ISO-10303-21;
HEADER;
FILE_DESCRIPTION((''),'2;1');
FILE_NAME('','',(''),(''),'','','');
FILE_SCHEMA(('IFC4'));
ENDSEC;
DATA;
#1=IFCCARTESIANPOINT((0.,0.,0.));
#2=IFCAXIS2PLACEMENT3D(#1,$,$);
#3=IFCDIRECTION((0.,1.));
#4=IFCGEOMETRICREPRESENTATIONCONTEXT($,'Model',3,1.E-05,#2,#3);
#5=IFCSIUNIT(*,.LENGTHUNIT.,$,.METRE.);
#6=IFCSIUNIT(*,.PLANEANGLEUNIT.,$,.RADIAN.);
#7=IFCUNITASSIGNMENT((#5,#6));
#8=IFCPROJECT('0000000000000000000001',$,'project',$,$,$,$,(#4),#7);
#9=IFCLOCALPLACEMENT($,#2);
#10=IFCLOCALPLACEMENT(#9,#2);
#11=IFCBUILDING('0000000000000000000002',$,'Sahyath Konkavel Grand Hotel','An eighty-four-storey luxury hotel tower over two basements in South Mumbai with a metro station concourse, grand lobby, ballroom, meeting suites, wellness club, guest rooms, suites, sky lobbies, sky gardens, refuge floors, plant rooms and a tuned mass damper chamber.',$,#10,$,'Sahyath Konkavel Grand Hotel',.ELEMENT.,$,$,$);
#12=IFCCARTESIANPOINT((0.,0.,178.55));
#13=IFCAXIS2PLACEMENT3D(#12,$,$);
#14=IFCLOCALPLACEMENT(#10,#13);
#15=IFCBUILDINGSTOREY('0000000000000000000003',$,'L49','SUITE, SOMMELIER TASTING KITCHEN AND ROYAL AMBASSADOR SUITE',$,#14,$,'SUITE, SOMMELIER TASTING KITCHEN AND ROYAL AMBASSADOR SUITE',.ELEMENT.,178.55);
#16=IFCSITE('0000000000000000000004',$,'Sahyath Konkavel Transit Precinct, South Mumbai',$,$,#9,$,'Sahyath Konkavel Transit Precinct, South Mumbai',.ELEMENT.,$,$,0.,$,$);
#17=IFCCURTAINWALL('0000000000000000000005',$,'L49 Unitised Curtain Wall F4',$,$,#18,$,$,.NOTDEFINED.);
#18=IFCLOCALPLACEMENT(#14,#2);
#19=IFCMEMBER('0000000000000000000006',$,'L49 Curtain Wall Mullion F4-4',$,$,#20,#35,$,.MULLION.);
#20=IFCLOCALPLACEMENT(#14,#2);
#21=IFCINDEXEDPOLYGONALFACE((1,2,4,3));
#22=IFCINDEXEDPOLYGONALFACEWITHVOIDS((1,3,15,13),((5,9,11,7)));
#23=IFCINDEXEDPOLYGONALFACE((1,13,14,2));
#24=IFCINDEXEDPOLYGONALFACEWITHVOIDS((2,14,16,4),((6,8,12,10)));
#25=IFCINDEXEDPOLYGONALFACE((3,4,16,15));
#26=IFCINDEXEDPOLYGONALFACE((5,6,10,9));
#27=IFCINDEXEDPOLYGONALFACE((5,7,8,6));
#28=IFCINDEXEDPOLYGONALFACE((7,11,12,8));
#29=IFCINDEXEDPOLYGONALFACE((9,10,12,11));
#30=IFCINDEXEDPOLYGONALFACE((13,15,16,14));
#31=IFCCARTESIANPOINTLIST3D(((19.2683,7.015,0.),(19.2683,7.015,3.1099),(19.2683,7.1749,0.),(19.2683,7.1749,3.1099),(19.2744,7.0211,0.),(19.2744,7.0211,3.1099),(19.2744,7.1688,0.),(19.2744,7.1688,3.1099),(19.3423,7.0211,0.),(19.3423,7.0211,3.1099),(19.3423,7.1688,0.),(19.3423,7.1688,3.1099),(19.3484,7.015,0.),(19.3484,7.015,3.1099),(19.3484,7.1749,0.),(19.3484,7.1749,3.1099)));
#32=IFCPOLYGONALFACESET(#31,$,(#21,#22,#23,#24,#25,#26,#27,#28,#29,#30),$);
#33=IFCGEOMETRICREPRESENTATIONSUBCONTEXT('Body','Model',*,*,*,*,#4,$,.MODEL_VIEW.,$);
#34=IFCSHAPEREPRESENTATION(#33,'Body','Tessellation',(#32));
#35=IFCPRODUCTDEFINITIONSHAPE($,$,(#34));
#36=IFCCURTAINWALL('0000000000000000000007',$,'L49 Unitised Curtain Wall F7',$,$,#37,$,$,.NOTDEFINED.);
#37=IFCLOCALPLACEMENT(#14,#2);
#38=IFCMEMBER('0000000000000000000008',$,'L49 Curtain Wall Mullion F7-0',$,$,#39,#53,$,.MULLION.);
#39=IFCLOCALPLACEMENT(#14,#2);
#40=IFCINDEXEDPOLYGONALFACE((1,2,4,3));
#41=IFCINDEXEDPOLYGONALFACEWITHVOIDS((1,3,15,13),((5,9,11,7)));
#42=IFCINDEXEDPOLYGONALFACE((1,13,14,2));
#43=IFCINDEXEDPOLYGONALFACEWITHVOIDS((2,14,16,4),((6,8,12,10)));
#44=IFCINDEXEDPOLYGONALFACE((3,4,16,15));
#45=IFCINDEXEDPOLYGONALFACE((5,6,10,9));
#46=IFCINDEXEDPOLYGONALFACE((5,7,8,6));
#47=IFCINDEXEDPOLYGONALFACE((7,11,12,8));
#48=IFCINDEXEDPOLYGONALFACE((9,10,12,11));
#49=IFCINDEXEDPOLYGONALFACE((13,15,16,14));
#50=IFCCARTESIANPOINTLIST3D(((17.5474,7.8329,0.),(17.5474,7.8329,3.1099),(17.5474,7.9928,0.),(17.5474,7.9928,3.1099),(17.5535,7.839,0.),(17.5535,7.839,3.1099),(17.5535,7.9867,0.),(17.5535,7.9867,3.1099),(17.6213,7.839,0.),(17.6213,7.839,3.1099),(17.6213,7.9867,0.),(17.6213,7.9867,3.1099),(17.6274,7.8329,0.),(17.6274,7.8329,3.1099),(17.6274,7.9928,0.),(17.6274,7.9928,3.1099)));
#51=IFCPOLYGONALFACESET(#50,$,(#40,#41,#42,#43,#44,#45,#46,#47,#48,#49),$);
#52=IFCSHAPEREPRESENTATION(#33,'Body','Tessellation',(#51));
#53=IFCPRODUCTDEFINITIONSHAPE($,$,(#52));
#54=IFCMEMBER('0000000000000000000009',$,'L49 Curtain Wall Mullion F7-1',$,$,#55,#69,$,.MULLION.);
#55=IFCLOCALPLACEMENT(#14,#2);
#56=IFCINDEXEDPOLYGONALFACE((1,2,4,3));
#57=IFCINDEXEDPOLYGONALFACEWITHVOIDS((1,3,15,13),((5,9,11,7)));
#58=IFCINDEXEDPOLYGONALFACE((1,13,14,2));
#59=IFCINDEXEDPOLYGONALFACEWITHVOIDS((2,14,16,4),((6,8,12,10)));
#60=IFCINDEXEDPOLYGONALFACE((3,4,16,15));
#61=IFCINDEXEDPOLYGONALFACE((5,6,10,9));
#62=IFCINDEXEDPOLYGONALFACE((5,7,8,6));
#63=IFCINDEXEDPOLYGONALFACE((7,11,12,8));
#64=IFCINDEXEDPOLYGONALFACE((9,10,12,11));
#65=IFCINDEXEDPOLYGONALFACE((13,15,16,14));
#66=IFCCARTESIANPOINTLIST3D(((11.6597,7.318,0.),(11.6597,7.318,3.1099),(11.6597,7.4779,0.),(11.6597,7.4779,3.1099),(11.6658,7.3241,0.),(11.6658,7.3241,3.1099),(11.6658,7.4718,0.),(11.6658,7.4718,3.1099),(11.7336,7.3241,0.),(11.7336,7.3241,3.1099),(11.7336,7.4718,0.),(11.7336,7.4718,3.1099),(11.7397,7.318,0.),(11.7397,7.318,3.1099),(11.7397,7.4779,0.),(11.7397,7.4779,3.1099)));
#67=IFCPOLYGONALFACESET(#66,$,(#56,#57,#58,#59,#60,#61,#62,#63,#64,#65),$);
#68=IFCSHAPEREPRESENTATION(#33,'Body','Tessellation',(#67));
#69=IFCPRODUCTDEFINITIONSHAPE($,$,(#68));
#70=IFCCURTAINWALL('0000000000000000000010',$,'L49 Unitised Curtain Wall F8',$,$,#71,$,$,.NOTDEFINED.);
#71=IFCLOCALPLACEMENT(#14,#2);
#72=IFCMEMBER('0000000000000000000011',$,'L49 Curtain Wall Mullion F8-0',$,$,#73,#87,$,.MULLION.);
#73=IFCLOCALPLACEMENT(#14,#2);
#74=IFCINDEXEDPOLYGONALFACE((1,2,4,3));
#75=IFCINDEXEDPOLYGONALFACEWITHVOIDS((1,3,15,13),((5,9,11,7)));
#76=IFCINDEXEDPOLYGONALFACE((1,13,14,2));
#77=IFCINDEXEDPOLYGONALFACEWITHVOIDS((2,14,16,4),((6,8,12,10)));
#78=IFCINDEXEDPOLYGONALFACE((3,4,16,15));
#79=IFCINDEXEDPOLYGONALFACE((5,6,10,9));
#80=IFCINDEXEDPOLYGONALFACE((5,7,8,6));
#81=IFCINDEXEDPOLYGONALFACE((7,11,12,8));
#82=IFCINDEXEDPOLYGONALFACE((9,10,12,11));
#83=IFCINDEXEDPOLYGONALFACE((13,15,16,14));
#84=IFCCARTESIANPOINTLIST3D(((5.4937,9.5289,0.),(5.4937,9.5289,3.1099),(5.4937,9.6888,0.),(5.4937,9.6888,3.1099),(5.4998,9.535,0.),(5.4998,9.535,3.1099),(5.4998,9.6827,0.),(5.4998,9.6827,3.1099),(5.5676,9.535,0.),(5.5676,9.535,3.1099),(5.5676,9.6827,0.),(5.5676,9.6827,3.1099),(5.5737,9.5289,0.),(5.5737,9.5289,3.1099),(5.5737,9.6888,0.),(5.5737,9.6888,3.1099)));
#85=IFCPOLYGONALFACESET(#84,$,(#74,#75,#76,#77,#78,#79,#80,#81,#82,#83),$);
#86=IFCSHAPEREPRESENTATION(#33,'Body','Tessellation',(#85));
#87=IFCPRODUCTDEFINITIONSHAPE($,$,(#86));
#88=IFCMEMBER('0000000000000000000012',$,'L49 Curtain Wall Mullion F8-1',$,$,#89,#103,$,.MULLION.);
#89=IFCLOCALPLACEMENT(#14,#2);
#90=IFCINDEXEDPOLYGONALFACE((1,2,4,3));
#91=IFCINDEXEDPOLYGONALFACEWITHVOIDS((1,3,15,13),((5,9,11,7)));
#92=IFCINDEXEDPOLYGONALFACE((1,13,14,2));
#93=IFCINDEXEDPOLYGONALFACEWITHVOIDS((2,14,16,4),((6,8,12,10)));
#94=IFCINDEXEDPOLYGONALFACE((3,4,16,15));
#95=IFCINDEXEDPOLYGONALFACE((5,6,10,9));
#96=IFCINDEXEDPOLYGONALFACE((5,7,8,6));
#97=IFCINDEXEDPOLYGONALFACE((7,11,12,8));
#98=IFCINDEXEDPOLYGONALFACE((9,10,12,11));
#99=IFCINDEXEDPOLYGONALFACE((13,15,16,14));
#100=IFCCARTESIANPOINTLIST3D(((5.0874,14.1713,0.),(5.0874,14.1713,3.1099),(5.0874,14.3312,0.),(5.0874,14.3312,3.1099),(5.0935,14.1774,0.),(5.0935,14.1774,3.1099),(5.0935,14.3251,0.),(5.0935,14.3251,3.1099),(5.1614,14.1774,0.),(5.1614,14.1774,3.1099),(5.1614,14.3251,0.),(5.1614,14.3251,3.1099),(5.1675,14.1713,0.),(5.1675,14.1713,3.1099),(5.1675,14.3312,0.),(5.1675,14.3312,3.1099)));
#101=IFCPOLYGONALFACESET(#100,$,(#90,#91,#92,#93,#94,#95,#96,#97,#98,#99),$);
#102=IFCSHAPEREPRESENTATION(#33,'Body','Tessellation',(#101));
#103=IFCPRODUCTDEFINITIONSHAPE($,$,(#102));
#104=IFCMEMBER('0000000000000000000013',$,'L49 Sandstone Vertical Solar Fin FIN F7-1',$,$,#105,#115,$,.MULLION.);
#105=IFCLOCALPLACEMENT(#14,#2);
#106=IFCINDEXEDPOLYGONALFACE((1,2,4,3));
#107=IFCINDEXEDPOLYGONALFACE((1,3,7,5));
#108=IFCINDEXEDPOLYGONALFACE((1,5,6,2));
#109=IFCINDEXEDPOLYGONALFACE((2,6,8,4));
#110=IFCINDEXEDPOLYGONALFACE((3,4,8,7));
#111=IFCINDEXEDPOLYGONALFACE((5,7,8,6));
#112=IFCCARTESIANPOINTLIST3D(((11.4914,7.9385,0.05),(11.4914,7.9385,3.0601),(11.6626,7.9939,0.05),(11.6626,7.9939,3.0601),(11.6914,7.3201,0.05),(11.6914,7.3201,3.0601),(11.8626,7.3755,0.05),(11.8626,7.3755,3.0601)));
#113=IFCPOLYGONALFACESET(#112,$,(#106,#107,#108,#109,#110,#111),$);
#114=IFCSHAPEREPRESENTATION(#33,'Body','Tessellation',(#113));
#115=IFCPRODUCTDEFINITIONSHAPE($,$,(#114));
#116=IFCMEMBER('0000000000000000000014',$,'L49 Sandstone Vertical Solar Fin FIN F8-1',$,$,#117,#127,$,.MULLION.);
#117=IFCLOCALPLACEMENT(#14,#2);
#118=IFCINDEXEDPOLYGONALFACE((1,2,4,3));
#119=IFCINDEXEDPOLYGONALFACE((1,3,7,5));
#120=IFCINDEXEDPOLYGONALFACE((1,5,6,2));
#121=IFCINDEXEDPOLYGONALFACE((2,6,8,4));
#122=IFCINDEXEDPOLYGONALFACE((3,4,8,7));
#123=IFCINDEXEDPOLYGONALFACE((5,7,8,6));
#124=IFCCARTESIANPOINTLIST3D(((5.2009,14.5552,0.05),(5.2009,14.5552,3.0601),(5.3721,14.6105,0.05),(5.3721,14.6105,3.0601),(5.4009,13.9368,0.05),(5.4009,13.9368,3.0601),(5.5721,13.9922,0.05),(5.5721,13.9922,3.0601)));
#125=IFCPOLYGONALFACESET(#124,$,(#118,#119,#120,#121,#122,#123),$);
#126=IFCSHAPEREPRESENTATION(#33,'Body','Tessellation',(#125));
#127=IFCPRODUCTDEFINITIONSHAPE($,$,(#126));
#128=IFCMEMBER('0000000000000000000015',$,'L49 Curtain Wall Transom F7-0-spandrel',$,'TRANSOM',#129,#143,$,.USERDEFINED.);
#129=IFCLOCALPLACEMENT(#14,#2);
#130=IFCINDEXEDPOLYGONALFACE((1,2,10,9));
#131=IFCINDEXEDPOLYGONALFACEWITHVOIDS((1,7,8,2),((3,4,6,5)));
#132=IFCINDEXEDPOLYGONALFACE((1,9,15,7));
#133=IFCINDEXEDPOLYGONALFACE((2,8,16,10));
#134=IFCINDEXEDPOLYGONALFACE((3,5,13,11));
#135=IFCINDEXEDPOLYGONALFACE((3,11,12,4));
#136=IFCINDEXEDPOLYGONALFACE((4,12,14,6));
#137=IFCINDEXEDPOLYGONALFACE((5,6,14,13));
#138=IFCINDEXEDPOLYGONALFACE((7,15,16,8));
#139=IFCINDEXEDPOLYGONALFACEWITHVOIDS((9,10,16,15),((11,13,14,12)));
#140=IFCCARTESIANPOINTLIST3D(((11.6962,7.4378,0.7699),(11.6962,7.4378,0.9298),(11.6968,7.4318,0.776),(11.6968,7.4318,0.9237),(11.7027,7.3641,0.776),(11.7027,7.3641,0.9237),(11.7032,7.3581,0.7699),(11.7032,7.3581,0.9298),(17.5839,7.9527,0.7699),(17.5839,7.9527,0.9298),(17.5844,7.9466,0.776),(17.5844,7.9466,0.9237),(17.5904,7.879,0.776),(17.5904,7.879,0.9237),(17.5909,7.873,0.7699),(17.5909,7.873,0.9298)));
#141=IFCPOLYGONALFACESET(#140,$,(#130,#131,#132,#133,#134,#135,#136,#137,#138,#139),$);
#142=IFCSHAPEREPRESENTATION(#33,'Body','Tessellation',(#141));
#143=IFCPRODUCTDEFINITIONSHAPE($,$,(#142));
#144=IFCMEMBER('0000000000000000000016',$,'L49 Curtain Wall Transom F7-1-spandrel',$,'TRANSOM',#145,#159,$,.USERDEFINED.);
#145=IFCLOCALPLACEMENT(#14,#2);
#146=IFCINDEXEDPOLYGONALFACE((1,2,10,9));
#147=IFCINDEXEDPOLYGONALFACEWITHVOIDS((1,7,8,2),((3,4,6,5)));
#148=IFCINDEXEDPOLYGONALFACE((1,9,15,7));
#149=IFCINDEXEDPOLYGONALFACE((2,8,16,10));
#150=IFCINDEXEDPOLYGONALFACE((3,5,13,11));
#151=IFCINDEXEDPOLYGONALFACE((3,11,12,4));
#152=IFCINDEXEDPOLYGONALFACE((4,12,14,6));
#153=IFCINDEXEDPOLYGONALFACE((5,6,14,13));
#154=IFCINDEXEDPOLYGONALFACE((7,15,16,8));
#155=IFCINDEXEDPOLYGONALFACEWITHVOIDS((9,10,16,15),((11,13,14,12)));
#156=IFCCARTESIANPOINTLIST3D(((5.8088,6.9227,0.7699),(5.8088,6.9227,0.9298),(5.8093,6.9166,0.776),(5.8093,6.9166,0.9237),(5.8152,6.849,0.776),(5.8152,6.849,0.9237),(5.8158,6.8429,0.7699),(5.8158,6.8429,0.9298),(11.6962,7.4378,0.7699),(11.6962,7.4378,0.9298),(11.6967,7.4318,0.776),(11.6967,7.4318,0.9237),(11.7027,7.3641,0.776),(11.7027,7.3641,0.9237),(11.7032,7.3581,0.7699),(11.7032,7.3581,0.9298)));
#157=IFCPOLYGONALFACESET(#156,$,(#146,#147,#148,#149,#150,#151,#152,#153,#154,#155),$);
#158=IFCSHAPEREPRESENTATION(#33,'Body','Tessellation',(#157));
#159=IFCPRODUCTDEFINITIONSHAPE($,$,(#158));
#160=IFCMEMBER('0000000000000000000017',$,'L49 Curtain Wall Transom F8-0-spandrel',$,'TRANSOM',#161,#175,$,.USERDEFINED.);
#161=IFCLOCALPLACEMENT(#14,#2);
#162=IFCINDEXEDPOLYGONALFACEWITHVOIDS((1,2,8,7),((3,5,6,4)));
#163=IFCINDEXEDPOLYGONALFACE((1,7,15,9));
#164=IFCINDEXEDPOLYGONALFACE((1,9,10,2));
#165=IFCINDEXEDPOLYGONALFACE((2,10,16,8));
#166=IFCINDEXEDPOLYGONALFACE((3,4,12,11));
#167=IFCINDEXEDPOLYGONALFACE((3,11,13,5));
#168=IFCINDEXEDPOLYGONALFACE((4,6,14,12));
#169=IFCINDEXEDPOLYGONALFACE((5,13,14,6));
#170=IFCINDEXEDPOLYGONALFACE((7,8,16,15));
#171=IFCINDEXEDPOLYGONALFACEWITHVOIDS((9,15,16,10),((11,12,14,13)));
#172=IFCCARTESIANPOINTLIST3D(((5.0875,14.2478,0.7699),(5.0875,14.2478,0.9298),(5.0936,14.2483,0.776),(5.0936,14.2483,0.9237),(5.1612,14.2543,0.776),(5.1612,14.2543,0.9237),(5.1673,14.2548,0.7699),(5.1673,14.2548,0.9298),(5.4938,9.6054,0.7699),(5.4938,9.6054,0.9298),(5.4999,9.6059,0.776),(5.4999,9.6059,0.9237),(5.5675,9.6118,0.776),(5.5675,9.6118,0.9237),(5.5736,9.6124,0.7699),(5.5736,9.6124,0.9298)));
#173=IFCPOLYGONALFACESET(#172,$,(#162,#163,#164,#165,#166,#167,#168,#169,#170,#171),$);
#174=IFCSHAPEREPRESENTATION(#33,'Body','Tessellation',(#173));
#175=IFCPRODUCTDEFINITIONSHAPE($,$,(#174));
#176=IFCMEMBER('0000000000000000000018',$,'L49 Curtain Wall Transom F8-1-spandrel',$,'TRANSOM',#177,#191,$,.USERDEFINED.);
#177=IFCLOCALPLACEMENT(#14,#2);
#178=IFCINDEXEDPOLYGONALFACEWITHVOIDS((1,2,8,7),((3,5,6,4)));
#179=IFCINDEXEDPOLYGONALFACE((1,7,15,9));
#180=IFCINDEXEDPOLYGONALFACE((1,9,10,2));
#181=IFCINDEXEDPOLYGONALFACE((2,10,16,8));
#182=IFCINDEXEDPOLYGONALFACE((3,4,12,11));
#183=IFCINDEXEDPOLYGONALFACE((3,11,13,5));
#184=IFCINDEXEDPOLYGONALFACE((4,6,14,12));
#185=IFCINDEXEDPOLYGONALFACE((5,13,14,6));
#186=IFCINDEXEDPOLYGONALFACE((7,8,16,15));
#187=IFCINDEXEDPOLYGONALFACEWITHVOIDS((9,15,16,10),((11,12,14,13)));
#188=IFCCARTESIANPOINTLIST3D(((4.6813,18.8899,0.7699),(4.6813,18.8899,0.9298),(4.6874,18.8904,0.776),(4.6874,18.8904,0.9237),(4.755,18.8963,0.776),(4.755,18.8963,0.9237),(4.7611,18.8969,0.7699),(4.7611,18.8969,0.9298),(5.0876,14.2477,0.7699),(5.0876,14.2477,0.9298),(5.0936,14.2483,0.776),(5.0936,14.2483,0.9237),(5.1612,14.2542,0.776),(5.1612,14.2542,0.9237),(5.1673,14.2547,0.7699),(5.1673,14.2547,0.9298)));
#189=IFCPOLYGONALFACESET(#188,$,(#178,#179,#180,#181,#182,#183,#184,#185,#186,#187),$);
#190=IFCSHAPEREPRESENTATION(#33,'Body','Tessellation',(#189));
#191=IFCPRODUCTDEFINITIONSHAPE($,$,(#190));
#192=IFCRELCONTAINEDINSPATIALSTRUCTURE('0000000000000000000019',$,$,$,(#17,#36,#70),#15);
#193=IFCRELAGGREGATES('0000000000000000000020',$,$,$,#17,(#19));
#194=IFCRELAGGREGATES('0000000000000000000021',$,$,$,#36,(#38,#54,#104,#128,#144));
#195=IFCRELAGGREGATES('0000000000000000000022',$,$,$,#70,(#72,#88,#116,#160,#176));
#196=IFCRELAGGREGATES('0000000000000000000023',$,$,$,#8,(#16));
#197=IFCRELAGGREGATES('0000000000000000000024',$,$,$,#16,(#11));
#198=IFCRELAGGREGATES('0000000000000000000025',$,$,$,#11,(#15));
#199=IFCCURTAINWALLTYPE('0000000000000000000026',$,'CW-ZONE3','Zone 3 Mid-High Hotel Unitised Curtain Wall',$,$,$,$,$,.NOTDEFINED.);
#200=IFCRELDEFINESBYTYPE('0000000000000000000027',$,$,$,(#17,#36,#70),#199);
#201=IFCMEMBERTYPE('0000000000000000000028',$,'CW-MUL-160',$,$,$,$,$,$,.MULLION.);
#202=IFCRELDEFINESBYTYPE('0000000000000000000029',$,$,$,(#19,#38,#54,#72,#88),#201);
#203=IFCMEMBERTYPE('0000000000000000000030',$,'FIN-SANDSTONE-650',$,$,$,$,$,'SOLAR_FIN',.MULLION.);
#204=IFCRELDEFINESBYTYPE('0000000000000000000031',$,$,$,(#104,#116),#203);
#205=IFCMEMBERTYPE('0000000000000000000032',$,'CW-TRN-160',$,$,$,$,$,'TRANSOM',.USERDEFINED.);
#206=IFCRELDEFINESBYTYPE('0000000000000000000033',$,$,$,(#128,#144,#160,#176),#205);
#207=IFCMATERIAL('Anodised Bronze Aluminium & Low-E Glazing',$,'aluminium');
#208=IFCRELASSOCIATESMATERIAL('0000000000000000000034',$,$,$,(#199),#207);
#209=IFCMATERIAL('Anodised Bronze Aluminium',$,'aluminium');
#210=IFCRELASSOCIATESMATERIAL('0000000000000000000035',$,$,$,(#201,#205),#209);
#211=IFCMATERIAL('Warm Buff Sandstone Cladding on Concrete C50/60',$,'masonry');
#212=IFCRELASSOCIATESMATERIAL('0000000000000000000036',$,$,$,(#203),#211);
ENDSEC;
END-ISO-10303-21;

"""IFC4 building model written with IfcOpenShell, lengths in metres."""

from ifc_helpers import new_model, si_unit, direction, frame, origin, origin_2d, place, context, subcontext, project, spatial, rectangle, hollow_rectangle, extrude, source, transform, mapped, material, material_profile, profile_set, type_object, element, aggregate, save


model = new_model("IFC4")

# Units and contexts
model_context = context("Model", 3, precision=1e-05, world=origin(), true_north=direction((0.0, 1.0)))
body_context = subcontext(model_context, "Body", "Model", "MODEL_VIEW")
ifc_project = project(units=[si_unit("LENGTHUNIT", "METRE"), si_unit("PLANEANGLEUNIT", "RADIAN")], contexts=[model_context])

# Site, building, storey
site_placement = place(None, origin())
site = spatial("IfcSite", under=ifc_project, at=site_placement, Name="Sahyath Konkavel Transit Precinct, South Mumbai", LongName="Sahyath Konkavel Transit Precinct, South Mumbai", CompositionType="ELEMENT", RefElevation=0.0)
building_placement = place(site_placement, origin())
building = spatial("IfcBuilding", under=site, at=building_placement, Name="Sahyath Konkavel Grand Hotel", Description="An eighty-four-storey luxury hotel tower over two basements in South Mumbai with a metro station concourse, grand lobby, ballroom, meeting suites, wellness club, guest rooms, suites, sky lobbies, sky gardens, refuge floors, plant rooms and a tuned mass damper chamber.", LongName="Sahyath Konkavel Grand Hotel", CompositionType="ELEMENT")
storey_placement = place(building_placement, frame((0.0, 0.0, 178.55)))
storey = spatial("IfcBuildingStorey", under=building, at=storey_placement, Name="L49", Description="SUITE, SOMMELIER TASTING KITCHEN AND ROYAL AMBASSADOR SUITE", LongName="SUITE, SOMMELIER TASTING KITCHEN AND ROYAL AMBASSADOR SUITE", CompositionType="ELEMENT", Elevation=178.55)

# Curtain wall, member
ifc_material_1 = material(Name="Anodised Bronze Aluminium & Low-E Glazing", Category="aluminium")
curtain_wall_type = type_object("IfcCurtainWallType", Name="CW-ZONE3", Description="Zone 3 Mid-High Hotel Unitised Curtain Wall", PredefinedType="NOTDEFINED", material=ifc_material_1)
curtain_wall_1_placement = place(storey_placement, origin())
curtain_wall_1 = element("IfcCurtainWall", 1, at=curtain_wall_1_placement, inside=storey, type_object=curtain_wall_type, Name="L49 Unitised Curtain Wall F4", PredefinedType="NOTDEFINED")
ifc_material_2 = material(Name="Anodised Bronze Aluminium", Category="aluminium")
ifc_material_profile_1 = material_profile(ifc_material_2, hollow_rectangle(XDim=0.0801, YDim=0.1599, WallThickness=0.0061, at=origin_2d()), Name="RHS 160x80x6")
ifc_profile_set_1 = profile_set([ifc_material_profile_1], Name="Anodised Bronze Aluminium")
member_type_1 = type_object("IfcMemberType", Name="CW-MUL-160", PredefinedType="MULLION", material=ifc_profile_set_1)
shared_shape_1 = source(origin(), body_context, "Body", "SweptSolid", [
    extrude(hollow_rectangle(XDim=0.0801, YDim=0.1599, WallThickness=0.0061, at=origin_2d()), origin(), (0.0, 0.0, 1.0), 3.1099),
])
member_1_placement = place(storey_placement, frame((19.3083, 7.095, 0.0), z_axis=(0.0, 0.0, 1.0), x_axis=(1.0, 0.0, 0.0)))
member_1 = element("IfcMember", 2, at=member_1_placement, type_object=member_type_1, Name="L49 Curtain Wall Mullion F4-4", PredefinedType="MULLION", context=body_context, shape_type="MappedRepresentation", body=[
    mapped(shared_shape_1, transform((0.0, 0.0, 0.0), scale=1.0)),
])
aggregate(curtain_wall_1, [member_1])

# Curtain walls, members
curtain_wall_2_placement = place(storey_placement, origin())
curtain_wall_2 = element("IfcCurtainWall", 3, at=curtain_wall_2_placement, inside=storey, type_object=curtain_wall_type, Name="L49 Unitised Curtain Wall F7", PredefinedType="NOTDEFINED")
member_2_placement = place(storey_placement, frame((17.5874, 7.9128, 0.0), z_axis=(0.0, 0.0, 1.0), x_axis=(1.0, 0.0, 0.0)))
member_2 = element("IfcMember", 4, at=member_2_placement, type_object=member_type_1, Name="L49 Curtain Wall Mullion F7-0", PredefinedType="MULLION", context=body_context, shape_type="MappedRepresentation", body=[
    mapped(shared_shape_1, transform((0.0, 0.0, 0.0), scale=1.0)),
])
member_3_placement = place(storey_placement, frame((11.6997, 7.3979, 0.0), z_axis=(0.0, 0.0, 1.0), x_axis=(1.0, 0.0, 0.0)))
member_3 = element("IfcMember", 5, at=member_3_placement, type_object=member_type_1, Name="L49 Curtain Wall Mullion F7-1", PredefinedType="MULLION", context=body_context, shape_type="MappedRepresentation", body=[
    mapped(shared_shape_1, transform((0.0, 0.0, 0.0), scale=1.0)),
])
curtain_wall_3_placement = place(storey_placement, origin())
curtain_wall_3 = element("IfcCurtainWall", 6, at=curtain_wall_3_placement, inside=storey, type_object=curtain_wall_type, Name="L49 Unitised Curtain Wall F8", PredefinedType="NOTDEFINED")
member_4_placement = place(storey_placement, frame((5.5337, 9.6089, 0.0), z_axis=(0.0, 0.0, 1.0), x_axis=(1.0, 0.0, 0.0)))
member_4 = element("IfcMember", 7, at=member_4_placement, type_object=member_type_1, Name="L49 Curtain Wall Mullion F8-0", PredefinedType="MULLION", context=body_context, shape_type="MappedRepresentation", body=[
    mapped(shared_shape_1, transform((0.0, 0.0, 0.0), scale=1.0)),
])
member_5_placement = place(storey_placement, frame((5.1274, 14.2512, 0.0), z_axis=(0.0, 0.0, 1.0), x_axis=(1.0, 0.0, 0.0)))
member_5 = element("IfcMember", 8, at=member_5_placement, type_object=member_type_1, Name="L49 Curtain Wall Mullion F8-1", PredefinedType="MULLION", context=body_context, shape_type="MappedRepresentation", body=[
    mapped(shared_shape_1, transform((0.0, 0.0, 0.0), scale=1.0)),
])

# Members
ifc_material_3 = material(Name="Warm Buff Sandstone Cladding on Concrete C50/60", Category="masonry")
ifc_material_profile_2 = material_profile(ifc_material_3, rectangle(XDim=0.1799, YDim=0.6499, at=origin_2d()), Name="FIN 180x650")
ifc_profile_set_2 = profile_set([ifc_material_profile_2], Name="Warm Buff Sandstone Cladding on Concrete C50/60")
member_type_2 = type_object("IfcMemberType", Name="FIN-SANDSTONE-650", ElementType="SOLAR_FIN", PredefinedType="MULLION", material=ifc_profile_set_2)
shared_shape_2 = source(origin(), body_context, "Body", "SweptSolid", [
    extrude(rectangle(XDim=0.1799, YDim=0.6499, at=origin_2d()), origin(), (0.0, 0.0, 1.0), 3.01),
])
member_6_placement = place(storey_placement, frame((11.677, 7.657, 0.05), z_axis=(0.0, 0.0, 1.0), x_axis=(0.951487, 0.307689, 0.0)))
member_6 = element("IfcMember", 9, at=member_6_placement, type_object=member_type_2, Name="L49 Sandstone Vertical Solar Fin FIN F7-1", PredefinedType="MULLION", context=body_context, shape_type="MappedRepresentation", body=[
    mapped(shared_shape_2, transform((0.0, 0.0, 0.0), scale=1.0)),
])
member_7_placement = place(storey_placement, frame((5.3865, 14.2737, 0.05), z_axis=(0.0, 0.0, 1.0), x_axis=(0.951487, 0.307689, 0.0)))
member_7 = element("IfcMember", 10, at=member_7_placement, type_object=member_type_2, Name="L49 Sandstone Vertical Solar Fin FIN F8-1", PredefinedType="MULLION", context=body_context, shape_type="MappedRepresentation", body=[
    mapped(shared_shape_2, transform((0.0, 0.0, 0.0), scale=1.0)),
])
ifc_material_profile_3 = material_profile(ifc_material_2, hollow_rectangle(XDim=0.0801, YDim=0.1599, WallThickness=0.0061, at=origin_2d()), Name="RHS 160x80x6")
ifc_profile_set_3 = profile_set([ifc_material_profile_3], Name="Anodised Bronze Aluminium")
member_type_3 = type_object("IfcMemberType", Name="CW-TRN-160", ElementType="TRANSOM", PredefinedType="USERDEFINED", material=ifc_profile_set_3)
shared_shape_3 = source(origin(), body_context, "Body", "SweptSolid", [
    extrude(hollow_rectangle(XDim=0.0801, YDim=0.1599, WallThickness=0.0061, at=origin_2d()), origin(), (0.0, 0.0, 1.0), 5.9102),
])
member_8_placement = place(storey_placement, frame((17.5874, 7.9128, 0.8499), z_axis=(-0.996198, -0.08712, 0.0), x_axis=(0.08712, -0.996198, 0.0)))
member_8 = element("IfcMember", 11, at=member_8_placement, type_object=member_type_3, Name="L49 Curtain Wall Transom F7-0-spandrel", ObjectType="TRANSOM", PredefinedType="USERDEFINED", context=body_context, shape_type="MappedRepresentation", body=[
    mapped(shared_shape_3, transform((0.0, 0.0, 0.0), scale=1.0)),
])
shared_shape_4 = source(origin(), body_context, "Body", "SweptSolid", [
    extrude(hollow_rectangle(XDim=0.0801, YDim=0.1599, WallThickness=0.0061, at=origin_2d()), origin(), (0.0, 0.0, 1.0), 5.9099),
])
member_9_placement = place(storey_placement, frame((11.6997, 7.3979, 0.8499), z_axis=(-0.996194, -0.087164, 0.0), x_axis=(0.087164, -0.996194, 0.0)))
member_9 = element("IfcMember", 12, at=member_9_placement, type_object=member_type_3, Name="L49 Curtain Wall Transom F7-1-spandrel", ObjectType="TRANSOM", PredefinedType="USERDEFINED", context=body_context, shape_type="MappedRepresentation", body=[
    mapped(shared_shape_4, transform((0.0, 0.0, 0.0), scale=1.0)),
])
shared_shape_5 = source(origin(), body_context, "Body", "SweptSolid", [
    extrude(hollow_rectangle(XDim=0.0801, YDim=0.1599, WallThickness=0.0061, at=origin_2d()), origin(), (0.0, 0.0, 1.0), 4.6602),
])
member_10_placement = place(storey_placement, frame((5.5337, 9.6089, 0.8499), z_axis=(-0.087177, 0.996193, 0.0), x_axis=(-0.996193, -0.087177, 0.0)))
member_10 = element("IfcMember", 13, at=member_10_placement, type_object=member_type_3, Name="L49 Curtain Wall Transom F8-0-spandrel", ObjectType="TRANSOM", PredefinedType="USERDEFINED", context=body_context, shape_type="MappedRepresentation", body=[
    mapped(shared_shape_5, transform((0.0, 0.0, 0.0), scale=1.0)),
])
shared_shape_6 = source(origin(), body_context, "Body", "SweptSolid", [
    extrude(hollow_rectangle(XDim=0.0801, YDim=0.1599, WallThickness=0.0061, at=origin_2d()), origin(), (0.0, 0.0, 1.0), 4.6599),
])
member_11_placement = place(storey_placement, frame((5.1274, 14.2512, 0.8499), z_axis=(-0.087181, 0.996192, 0.0), x_axis=(-0.996192, -0.087181, 0.0)))
member_11 = element("IfcMember", 14, at=member_11_placement, type_object=member_type_3, Name="L49 Curtain Wall Transom F8-1-spandrel", ObjectType="TRANSOM", PredefinedType="USERDEFINED", context=body_context, shape_type="MappedRepresentation", body=[
    mapped(shared_shape_6, transform((0.0, 0.0, 0.0), scale=1.0)),
])

aggregate(curtain_wall_2, [member_2, member_3, member_6, member_8, member_9])
aggregate(curtain_wall_3, [member_4, member_5, member_7, member_10, member_11])

save(model, "model.ifc")
